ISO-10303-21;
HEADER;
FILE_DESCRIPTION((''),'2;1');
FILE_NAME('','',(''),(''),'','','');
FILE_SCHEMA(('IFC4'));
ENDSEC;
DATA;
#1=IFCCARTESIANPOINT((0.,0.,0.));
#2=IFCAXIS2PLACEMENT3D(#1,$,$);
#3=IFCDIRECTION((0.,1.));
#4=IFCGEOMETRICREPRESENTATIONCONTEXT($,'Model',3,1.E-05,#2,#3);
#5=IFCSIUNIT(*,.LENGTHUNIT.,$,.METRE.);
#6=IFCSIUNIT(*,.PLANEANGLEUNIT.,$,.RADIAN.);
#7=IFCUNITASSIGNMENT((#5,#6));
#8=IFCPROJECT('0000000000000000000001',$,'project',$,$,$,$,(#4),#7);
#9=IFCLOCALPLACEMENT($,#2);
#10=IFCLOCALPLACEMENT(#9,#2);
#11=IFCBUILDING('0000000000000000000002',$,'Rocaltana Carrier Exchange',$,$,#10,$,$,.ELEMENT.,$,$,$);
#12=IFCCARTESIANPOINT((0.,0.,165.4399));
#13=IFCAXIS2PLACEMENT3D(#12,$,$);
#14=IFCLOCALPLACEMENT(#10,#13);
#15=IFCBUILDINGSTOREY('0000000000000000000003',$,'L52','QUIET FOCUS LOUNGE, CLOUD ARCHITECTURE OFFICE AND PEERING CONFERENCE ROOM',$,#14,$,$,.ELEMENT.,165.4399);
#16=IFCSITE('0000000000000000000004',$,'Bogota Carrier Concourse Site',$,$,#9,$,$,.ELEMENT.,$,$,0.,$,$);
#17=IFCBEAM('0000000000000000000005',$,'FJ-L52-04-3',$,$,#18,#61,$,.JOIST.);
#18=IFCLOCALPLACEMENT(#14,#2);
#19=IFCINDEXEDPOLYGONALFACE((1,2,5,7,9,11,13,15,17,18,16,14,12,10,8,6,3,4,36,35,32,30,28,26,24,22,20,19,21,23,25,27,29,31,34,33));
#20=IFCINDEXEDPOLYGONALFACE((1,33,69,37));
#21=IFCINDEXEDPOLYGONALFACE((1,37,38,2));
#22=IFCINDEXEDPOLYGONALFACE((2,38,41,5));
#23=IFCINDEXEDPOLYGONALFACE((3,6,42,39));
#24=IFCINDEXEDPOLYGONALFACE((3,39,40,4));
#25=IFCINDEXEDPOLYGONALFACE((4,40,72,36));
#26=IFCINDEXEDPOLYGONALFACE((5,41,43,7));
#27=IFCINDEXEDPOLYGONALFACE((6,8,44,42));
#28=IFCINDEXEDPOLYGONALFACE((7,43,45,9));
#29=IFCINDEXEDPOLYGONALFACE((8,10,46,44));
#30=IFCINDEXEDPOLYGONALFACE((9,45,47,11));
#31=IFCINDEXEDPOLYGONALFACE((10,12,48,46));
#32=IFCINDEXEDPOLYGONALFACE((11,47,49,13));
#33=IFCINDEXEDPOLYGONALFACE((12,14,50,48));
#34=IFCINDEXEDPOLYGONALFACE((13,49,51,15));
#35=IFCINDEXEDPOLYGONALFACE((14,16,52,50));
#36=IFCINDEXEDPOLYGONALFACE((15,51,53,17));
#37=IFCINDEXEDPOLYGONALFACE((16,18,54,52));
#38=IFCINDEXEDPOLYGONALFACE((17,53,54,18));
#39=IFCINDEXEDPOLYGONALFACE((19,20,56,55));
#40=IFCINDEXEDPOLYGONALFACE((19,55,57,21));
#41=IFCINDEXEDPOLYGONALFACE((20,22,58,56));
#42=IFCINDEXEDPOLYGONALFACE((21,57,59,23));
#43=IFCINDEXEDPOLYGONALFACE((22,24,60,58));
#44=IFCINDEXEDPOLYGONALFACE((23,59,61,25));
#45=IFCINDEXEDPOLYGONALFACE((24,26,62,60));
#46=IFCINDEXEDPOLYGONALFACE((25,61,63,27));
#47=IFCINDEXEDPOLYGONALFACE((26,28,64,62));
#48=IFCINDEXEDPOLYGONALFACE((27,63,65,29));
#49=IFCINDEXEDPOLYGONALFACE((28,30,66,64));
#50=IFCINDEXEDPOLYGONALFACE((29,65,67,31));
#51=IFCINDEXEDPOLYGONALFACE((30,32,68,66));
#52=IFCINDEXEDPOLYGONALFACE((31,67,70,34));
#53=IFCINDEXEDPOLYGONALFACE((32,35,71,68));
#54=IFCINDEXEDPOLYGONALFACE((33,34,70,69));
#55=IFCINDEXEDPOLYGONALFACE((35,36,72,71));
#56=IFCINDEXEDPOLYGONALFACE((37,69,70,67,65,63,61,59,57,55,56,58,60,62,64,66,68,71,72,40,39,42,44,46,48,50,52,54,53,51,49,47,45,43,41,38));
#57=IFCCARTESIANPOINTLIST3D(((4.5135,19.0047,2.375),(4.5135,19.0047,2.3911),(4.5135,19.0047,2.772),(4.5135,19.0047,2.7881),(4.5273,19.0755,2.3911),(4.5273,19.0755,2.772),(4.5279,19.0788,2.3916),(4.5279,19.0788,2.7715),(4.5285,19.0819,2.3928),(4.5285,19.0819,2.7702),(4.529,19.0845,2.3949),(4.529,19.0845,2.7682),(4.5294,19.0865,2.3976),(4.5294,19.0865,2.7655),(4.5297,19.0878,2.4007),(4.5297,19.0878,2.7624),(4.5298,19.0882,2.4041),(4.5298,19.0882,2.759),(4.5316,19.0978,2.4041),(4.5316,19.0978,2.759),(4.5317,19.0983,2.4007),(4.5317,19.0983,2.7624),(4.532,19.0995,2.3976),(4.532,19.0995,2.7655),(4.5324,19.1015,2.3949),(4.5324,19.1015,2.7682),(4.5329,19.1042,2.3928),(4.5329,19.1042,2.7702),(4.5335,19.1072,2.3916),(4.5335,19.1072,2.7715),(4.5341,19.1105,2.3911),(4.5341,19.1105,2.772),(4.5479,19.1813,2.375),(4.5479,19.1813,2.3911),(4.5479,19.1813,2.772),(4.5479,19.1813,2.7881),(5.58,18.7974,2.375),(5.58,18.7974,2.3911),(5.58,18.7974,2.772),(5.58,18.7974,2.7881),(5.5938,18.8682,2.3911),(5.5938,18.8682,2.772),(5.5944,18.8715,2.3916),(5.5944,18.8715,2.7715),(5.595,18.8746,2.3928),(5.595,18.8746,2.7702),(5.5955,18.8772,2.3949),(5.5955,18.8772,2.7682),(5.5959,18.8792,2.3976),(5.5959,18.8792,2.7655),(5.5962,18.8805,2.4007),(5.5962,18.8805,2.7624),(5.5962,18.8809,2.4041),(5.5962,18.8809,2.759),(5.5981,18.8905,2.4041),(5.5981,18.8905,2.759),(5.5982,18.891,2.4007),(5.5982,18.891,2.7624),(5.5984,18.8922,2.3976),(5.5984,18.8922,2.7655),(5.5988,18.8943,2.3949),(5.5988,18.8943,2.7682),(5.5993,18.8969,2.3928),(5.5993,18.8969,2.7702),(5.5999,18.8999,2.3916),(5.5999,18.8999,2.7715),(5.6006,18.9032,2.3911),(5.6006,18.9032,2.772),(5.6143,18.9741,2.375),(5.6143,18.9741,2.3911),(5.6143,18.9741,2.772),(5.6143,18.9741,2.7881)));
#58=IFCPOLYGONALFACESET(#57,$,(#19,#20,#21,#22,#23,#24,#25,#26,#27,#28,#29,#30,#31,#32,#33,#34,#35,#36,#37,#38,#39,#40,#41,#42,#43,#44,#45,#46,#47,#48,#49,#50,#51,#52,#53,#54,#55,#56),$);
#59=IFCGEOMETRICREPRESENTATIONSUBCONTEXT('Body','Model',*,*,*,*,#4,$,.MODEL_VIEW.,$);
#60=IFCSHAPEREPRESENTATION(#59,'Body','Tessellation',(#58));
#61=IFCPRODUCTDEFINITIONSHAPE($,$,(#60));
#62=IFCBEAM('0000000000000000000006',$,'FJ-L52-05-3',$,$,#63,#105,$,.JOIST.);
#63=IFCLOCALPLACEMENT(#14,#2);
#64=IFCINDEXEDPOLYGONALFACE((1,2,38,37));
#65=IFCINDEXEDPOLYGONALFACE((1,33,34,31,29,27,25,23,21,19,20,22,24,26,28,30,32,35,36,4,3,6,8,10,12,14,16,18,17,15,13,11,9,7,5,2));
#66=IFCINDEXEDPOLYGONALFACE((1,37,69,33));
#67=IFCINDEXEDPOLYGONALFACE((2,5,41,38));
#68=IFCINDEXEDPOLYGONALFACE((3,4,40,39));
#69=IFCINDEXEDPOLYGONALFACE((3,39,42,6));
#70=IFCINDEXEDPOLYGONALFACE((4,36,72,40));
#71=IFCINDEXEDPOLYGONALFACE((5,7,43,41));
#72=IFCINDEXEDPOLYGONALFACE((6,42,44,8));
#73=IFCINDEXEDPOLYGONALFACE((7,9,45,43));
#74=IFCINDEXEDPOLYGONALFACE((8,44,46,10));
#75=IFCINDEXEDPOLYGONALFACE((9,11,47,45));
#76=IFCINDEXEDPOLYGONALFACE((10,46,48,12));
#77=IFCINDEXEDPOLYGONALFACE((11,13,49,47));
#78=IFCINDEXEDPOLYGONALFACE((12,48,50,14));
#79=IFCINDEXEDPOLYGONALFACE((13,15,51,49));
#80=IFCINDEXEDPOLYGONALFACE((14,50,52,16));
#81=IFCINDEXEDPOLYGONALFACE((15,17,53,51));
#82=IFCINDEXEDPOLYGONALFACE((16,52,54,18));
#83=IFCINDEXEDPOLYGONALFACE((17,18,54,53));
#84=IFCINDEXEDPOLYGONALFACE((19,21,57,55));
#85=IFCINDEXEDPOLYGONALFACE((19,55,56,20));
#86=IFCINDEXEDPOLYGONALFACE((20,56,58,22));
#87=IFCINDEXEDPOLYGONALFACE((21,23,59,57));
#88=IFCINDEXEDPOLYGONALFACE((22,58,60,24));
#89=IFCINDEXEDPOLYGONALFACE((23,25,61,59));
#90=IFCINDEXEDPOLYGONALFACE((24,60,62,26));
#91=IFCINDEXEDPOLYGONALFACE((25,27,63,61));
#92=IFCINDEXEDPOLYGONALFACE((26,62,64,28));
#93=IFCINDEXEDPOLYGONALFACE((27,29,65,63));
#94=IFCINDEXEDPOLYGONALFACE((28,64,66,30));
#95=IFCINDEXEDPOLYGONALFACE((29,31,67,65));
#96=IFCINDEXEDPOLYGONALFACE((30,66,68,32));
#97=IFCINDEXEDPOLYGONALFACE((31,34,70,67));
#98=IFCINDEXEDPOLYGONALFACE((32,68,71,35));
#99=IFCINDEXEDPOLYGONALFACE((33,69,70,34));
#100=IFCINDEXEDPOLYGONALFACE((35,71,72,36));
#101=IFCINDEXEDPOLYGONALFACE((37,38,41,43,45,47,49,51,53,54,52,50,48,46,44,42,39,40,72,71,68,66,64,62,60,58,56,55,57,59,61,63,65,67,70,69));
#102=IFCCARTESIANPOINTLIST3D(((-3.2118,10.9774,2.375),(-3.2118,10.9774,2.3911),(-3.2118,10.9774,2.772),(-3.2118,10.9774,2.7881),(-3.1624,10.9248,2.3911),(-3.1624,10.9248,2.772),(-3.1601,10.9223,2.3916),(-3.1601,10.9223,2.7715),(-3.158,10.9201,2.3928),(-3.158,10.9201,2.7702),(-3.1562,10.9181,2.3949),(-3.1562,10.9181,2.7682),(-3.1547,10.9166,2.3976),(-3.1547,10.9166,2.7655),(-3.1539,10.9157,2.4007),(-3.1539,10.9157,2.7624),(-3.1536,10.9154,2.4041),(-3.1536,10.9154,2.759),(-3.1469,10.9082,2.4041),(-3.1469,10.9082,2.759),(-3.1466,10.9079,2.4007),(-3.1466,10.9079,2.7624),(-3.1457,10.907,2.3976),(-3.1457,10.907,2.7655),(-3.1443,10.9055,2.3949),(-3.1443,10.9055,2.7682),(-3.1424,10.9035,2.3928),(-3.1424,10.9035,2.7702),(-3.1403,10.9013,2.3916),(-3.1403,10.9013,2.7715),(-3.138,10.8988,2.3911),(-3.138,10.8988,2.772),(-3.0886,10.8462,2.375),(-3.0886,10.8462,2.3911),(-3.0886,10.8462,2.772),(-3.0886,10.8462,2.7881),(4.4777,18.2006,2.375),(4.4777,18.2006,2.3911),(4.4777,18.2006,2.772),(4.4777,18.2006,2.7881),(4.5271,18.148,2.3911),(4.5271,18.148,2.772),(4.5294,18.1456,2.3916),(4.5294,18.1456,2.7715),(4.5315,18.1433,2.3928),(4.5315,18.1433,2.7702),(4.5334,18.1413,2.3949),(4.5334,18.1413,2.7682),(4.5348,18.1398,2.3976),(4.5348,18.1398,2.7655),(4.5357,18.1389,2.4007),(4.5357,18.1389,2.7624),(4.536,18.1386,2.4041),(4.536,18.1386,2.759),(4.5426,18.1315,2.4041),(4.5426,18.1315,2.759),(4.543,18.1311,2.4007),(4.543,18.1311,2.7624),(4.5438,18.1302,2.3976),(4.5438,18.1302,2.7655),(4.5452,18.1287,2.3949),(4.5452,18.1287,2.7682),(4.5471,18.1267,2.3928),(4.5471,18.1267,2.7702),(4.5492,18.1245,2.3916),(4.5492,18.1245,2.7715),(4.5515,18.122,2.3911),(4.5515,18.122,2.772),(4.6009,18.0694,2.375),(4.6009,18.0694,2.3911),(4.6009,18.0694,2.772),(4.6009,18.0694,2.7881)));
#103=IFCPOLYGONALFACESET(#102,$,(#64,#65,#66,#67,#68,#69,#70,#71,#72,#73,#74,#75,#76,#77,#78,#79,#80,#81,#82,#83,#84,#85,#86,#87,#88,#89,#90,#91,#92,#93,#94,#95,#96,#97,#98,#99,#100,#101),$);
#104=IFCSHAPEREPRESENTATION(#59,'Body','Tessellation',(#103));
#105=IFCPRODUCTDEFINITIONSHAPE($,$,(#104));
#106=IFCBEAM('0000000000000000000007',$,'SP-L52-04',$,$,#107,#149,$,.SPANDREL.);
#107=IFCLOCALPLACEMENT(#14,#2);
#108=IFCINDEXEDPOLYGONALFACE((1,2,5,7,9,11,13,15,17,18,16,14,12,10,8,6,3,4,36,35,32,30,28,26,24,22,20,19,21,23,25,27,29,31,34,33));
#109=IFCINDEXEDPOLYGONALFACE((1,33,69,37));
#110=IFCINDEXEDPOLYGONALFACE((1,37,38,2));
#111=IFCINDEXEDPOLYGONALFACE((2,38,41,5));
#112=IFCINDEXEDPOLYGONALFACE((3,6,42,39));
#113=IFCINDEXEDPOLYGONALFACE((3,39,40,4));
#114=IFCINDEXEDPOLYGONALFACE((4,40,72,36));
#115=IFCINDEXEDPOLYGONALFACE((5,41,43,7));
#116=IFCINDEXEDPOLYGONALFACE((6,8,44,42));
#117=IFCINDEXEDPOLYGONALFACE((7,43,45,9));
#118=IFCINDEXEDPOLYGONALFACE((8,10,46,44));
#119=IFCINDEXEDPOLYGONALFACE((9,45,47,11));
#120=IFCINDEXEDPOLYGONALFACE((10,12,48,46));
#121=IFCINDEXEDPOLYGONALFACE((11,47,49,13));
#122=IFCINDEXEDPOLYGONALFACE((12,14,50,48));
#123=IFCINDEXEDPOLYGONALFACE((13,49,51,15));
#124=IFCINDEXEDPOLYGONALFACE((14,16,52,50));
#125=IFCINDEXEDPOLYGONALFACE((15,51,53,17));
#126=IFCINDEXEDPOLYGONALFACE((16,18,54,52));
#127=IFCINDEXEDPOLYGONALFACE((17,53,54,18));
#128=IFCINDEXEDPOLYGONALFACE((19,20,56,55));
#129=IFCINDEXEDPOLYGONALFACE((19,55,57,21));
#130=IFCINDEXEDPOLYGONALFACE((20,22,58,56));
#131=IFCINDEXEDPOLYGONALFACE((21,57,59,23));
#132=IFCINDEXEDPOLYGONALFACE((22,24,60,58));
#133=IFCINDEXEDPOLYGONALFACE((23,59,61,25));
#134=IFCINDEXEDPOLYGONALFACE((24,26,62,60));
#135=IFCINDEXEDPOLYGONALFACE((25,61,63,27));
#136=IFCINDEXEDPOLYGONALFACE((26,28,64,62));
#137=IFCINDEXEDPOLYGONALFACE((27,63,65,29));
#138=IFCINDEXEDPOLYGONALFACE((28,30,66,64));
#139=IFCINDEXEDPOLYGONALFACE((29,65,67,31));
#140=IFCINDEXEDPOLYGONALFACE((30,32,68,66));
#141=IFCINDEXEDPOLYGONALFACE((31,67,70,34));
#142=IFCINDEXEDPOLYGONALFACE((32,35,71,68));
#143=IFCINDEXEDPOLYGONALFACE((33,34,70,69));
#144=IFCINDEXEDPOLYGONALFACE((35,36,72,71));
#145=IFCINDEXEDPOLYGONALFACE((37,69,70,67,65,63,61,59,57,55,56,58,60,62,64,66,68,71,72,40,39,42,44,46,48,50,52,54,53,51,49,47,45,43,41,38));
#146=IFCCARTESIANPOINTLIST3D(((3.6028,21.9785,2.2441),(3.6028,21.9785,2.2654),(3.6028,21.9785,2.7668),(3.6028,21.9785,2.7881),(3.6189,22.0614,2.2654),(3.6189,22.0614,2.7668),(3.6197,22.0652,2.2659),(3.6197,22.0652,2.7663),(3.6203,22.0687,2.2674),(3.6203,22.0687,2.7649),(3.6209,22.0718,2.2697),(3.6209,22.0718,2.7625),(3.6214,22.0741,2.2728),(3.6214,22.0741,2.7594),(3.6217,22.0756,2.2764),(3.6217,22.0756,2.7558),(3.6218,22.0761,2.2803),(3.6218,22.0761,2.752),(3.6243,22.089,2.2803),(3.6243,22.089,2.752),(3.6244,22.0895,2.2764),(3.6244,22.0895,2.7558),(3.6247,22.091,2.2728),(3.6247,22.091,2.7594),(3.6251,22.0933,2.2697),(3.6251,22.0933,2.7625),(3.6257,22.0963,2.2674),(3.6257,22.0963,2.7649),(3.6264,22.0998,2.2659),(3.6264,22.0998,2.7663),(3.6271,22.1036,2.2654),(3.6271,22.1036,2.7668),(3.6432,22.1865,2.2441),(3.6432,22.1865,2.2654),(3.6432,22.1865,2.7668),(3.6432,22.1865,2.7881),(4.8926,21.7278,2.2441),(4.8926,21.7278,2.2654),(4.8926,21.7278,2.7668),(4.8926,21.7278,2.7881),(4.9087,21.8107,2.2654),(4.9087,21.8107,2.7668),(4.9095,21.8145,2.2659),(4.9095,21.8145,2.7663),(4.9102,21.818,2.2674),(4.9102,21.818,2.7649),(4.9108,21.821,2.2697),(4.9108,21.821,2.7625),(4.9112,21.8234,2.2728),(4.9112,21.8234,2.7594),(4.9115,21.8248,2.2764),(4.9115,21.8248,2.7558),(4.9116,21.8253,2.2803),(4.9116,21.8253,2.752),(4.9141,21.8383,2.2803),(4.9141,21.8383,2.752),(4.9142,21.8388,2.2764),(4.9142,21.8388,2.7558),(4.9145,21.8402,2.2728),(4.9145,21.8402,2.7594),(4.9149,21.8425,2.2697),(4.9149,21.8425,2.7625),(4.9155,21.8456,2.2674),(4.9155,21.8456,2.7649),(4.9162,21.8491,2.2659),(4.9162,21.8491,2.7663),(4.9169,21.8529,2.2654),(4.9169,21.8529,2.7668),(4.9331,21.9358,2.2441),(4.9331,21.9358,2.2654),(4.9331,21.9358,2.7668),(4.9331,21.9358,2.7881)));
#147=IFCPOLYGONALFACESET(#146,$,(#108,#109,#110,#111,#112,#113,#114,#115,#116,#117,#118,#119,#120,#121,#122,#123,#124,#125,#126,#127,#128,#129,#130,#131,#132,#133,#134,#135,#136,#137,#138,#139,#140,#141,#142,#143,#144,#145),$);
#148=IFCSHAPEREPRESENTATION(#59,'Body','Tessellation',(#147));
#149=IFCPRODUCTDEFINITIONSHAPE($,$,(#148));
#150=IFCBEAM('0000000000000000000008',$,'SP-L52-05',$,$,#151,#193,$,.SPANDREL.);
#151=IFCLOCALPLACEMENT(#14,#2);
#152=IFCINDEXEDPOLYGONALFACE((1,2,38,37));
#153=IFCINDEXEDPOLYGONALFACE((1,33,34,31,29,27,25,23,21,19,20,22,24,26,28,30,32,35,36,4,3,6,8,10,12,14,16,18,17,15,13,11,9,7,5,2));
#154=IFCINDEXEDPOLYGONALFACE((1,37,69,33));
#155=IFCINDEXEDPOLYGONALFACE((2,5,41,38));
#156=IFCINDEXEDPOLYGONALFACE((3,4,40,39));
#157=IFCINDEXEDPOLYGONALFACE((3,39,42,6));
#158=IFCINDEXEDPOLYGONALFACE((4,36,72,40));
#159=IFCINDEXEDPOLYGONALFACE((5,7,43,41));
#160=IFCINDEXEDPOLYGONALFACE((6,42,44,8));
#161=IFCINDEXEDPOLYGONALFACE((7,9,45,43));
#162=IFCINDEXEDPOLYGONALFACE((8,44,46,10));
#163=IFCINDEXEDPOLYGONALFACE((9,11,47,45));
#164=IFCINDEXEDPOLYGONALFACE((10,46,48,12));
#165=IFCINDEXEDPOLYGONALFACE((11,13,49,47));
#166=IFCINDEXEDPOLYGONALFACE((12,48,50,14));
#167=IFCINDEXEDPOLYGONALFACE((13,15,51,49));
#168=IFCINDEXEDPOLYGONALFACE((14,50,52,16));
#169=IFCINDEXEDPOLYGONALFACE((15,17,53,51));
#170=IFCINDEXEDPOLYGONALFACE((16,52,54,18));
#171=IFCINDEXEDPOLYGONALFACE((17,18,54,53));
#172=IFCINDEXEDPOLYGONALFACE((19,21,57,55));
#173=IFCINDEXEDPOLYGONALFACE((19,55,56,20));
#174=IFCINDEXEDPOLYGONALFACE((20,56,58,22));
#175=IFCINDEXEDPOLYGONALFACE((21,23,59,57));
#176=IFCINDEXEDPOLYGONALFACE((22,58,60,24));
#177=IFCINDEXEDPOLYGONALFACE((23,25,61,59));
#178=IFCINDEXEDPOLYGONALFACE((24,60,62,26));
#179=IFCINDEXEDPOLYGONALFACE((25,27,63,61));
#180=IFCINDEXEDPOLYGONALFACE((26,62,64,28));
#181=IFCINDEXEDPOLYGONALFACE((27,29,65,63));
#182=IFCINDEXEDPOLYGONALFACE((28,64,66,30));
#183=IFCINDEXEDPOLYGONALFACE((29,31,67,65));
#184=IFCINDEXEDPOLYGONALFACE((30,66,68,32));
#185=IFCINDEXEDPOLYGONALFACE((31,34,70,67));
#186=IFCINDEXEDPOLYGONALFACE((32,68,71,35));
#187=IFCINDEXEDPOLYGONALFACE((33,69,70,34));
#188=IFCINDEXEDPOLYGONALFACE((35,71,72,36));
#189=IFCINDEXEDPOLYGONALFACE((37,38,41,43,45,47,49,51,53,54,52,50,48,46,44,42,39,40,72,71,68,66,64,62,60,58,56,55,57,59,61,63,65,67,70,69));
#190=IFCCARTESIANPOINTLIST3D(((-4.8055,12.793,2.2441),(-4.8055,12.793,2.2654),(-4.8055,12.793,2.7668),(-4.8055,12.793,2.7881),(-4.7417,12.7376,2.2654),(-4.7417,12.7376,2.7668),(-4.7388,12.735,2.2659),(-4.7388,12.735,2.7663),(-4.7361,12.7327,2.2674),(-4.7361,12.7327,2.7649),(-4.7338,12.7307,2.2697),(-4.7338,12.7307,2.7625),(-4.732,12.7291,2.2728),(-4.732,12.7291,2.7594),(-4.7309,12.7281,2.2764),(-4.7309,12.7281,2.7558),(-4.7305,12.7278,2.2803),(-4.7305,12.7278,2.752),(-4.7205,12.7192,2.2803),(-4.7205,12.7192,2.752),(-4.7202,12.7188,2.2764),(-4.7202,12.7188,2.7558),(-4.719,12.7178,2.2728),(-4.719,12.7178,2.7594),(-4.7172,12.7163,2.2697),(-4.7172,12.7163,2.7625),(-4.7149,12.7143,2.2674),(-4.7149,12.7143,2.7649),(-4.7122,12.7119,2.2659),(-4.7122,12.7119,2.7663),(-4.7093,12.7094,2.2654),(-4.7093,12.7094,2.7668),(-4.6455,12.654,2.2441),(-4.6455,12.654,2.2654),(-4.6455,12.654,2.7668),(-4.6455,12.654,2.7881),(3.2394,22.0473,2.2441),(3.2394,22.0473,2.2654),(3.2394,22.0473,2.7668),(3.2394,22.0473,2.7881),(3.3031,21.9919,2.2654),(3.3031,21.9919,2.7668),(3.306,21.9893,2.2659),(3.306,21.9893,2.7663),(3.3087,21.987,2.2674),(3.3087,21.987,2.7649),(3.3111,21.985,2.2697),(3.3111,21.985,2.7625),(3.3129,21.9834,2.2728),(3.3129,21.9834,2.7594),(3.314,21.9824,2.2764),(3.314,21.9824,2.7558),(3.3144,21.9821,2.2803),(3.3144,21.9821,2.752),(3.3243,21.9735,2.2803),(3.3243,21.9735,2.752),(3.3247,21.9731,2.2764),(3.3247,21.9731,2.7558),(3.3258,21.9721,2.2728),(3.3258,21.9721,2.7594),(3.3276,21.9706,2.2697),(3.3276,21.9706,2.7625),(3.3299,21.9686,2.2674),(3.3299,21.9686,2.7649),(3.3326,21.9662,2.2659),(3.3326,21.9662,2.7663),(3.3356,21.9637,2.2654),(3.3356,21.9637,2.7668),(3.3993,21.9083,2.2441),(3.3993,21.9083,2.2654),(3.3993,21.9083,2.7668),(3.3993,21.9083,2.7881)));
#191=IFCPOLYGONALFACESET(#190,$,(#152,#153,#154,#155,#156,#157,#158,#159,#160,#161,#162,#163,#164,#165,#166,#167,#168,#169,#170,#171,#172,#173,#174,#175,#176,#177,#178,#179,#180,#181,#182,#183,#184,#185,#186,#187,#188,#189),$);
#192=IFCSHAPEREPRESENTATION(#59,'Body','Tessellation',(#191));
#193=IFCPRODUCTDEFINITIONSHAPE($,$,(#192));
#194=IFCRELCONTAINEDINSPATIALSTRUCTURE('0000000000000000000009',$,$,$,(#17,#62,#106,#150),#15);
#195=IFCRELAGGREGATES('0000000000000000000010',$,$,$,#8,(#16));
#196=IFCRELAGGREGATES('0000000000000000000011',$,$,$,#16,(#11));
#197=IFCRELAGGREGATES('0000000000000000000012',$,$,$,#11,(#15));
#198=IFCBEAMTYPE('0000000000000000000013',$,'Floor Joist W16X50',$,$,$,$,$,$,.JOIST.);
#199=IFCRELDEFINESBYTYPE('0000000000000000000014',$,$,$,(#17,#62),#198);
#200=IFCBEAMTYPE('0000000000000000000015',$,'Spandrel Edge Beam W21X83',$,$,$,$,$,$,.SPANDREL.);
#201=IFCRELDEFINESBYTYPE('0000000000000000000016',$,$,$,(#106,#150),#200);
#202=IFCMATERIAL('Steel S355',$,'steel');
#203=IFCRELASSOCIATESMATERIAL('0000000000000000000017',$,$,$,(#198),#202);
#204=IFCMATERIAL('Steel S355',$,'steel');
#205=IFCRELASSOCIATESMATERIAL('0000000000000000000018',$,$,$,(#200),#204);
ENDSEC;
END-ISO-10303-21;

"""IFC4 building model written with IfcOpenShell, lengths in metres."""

from ifc_helpers import new_model, si_unit, direction, frame, origin, origin_2d, place, context, subcontext, project, spatial, i_section, extrude, material, material_profile, profile_set, type_object, element, save


model = new_model("IFC4")

# Units and contexts
model_context = context("Model", 3, precision=1e-05, world=origin(), true_north=direction((0.0, 1.0)))
body_context = subcontext(model_context, "Body", "Model", "MODEL_VIEW")
ifc_project = project(units=[si_unit("LENGTHUNIT", "METRE"), si_unit("PLANEANGLEUNIT", "RADIAN")], contexts=[model_context])

# Site, building, storey
site_placement = place(None, origin())
site = spatial("IfcSite", under=ifc_project, at=site_placement, Name="Bogota Carrier Concourse Site", CompositionType="ELEMENT", RefElevation=0.0)
building_placement = place(site_placement, origin())
building = spatial("IfcBuilding", under=site, at=building_placement, Name="Rocaltana Carrier Exchange", CompositionType="ELEMENT")
storey_placement = place(building_placement, frame((0.0, 0.0, 165.4399)))
storey = spatial("IfcBuildingStorey", under=building, at=storey_placement, Name="L52", Description="QUIET FOCUS LOUNGE, CLOUD ARCHITECTURE OFFICE AND PEERING CONFERENCE ROOM", CompositionType="ELEMENT", Elevation=165.4399)

# Beams
ifc_material_1 = material(Name="Steel S355", Category="steel")
ifc_material_profile_1 = material_profile(ifc_material_1, i_section(OverallWidth=0.1799, OverallDepth=0.4131, WebThickness=0.0098, FlangeThickness=0.0161, FilletRadius=0.0129, at=origin_2d()), Name="W16X50")
ifc_profile_set_1 = profile_set([ifc_material_profile_1], Name="Steel S355")
beam_type_1 = type_object("IfcBeamType", Name="Floor Joist W16X50", PredefinedType="JOIST", material=ifc_profile_set_1)
beam_1_placement = place(storey_placement, frame((5.5972, 18.8857, 2.5815), z_axis=(-0.981629, 0.190797, 0.0), x_axis=(-0.190797, -0.981629, 0.0)))
element("IfcBeam", 1, at=beam_1_placement, inside=storey, type_object=beam_type_1, Name="FJ-L52-04-3", PredefinedType="JOIST", context=body_context, shape_type="SweptSolid", body=[
    extrude(i_section(OverallWidth=0.1799, OverallDepth=0.4131, WebThickness=0.0098, FlangeThickness=0.0161, FilletRadius=0.0129, at=origin_2d()), origin(), (0.0, 0.0, 1.0), 1.0864),
])
beam_2_placement = place(storey_placement, frame((4.5393, 18.135, 2.5815), z_axis=(-0.728861, -0.684661, 0.0), x_axis=(0.684661, -0.728861, 0.0)))
element("IfcBeam", 2, at=beam_2_placement, inside=storey, type_object=beam_type_1, Name="FJ-L52-05-3", PredefinedType="JOIST", context=body_context, shape_type="SweptSolid", body=[
    extrude(i_section(OverallWidth=0.1799, OverallDepth=0.4131, WebThickness=0.0098, FlangeThickness=0.0161, FilletRadius=0.0129, at=origin_2d()), origin(), (0.0, 0.0, 1.0), 10.55),
])
ifc_material_2 = material(Name="Steel S355", Category="steel")
ifc_material_profile_2 = material_profile(ifc_material_2, i_section(OverallWidth=0.2119, OverallDepth=0.5439, WebThickness=0.0132, FlangeThickness=0.0212, FilletRadius=0.0149, at=origin_2d()), Name="W21X83")
ifc_profile_set_2 = profile_set([ifc_material_profile_2], Name="Steel S355")
beam_type_2 = type_object("IfcBeamType", Name="Spandrel Edge Beam W21X83", PredefinedType="SPANDREL", material=ifc_profile_set_2)
beam_3_placement = place(storey_placement, frame((4.9128, 21.8318, 2.5161), z_axis=(-0.981624, 0.190825, 0.0), x_axis=(-0.190825, -0.981624, 0.0)))
element("IfcBeam", 3, at=beam_3_placement, inside=storey, type_object=beam_type_2, Name="SP-L52-04", PredefinedType="SPANDREL", context=body_context, shape_type="SweptSolid", body=[
    extrude(i_section(OverallWidth=0.2119, OverallDepth=0.5439, WebThickness=0.0132, FlangeThickness=0.0212, FilletRadius=0.0149, at=origin_2d()), origin(), (0.0, 0.0, 1.0), 1.314),
])
beam_4_placement = place(storey_placement, frame((3.3193, 21.9778, 2.5161), z_axis=(-0.656068, -0.754702, 0.0), x_axis=(0.754702, -0.656068, 0.0)))
element("IfcBeam", 4, at=beam_4_placement, inside=storey, type_object=beam_type_2, Name="SP-L52-05", PredefinedType="SPANDREL", context=body_context, shape_type="SweptSolid", body=[
    extrude(i_section(OverallWidth=0.2119, OverallDepth=0.5439, WebThickness=0.0132, FlangeThickness=0.0212, FilletRadius=0.0149, at=origin_2d()), origin(), (0.0, 0.0, 1.0), 12.2622),
])

save(model, "model.ifc")
